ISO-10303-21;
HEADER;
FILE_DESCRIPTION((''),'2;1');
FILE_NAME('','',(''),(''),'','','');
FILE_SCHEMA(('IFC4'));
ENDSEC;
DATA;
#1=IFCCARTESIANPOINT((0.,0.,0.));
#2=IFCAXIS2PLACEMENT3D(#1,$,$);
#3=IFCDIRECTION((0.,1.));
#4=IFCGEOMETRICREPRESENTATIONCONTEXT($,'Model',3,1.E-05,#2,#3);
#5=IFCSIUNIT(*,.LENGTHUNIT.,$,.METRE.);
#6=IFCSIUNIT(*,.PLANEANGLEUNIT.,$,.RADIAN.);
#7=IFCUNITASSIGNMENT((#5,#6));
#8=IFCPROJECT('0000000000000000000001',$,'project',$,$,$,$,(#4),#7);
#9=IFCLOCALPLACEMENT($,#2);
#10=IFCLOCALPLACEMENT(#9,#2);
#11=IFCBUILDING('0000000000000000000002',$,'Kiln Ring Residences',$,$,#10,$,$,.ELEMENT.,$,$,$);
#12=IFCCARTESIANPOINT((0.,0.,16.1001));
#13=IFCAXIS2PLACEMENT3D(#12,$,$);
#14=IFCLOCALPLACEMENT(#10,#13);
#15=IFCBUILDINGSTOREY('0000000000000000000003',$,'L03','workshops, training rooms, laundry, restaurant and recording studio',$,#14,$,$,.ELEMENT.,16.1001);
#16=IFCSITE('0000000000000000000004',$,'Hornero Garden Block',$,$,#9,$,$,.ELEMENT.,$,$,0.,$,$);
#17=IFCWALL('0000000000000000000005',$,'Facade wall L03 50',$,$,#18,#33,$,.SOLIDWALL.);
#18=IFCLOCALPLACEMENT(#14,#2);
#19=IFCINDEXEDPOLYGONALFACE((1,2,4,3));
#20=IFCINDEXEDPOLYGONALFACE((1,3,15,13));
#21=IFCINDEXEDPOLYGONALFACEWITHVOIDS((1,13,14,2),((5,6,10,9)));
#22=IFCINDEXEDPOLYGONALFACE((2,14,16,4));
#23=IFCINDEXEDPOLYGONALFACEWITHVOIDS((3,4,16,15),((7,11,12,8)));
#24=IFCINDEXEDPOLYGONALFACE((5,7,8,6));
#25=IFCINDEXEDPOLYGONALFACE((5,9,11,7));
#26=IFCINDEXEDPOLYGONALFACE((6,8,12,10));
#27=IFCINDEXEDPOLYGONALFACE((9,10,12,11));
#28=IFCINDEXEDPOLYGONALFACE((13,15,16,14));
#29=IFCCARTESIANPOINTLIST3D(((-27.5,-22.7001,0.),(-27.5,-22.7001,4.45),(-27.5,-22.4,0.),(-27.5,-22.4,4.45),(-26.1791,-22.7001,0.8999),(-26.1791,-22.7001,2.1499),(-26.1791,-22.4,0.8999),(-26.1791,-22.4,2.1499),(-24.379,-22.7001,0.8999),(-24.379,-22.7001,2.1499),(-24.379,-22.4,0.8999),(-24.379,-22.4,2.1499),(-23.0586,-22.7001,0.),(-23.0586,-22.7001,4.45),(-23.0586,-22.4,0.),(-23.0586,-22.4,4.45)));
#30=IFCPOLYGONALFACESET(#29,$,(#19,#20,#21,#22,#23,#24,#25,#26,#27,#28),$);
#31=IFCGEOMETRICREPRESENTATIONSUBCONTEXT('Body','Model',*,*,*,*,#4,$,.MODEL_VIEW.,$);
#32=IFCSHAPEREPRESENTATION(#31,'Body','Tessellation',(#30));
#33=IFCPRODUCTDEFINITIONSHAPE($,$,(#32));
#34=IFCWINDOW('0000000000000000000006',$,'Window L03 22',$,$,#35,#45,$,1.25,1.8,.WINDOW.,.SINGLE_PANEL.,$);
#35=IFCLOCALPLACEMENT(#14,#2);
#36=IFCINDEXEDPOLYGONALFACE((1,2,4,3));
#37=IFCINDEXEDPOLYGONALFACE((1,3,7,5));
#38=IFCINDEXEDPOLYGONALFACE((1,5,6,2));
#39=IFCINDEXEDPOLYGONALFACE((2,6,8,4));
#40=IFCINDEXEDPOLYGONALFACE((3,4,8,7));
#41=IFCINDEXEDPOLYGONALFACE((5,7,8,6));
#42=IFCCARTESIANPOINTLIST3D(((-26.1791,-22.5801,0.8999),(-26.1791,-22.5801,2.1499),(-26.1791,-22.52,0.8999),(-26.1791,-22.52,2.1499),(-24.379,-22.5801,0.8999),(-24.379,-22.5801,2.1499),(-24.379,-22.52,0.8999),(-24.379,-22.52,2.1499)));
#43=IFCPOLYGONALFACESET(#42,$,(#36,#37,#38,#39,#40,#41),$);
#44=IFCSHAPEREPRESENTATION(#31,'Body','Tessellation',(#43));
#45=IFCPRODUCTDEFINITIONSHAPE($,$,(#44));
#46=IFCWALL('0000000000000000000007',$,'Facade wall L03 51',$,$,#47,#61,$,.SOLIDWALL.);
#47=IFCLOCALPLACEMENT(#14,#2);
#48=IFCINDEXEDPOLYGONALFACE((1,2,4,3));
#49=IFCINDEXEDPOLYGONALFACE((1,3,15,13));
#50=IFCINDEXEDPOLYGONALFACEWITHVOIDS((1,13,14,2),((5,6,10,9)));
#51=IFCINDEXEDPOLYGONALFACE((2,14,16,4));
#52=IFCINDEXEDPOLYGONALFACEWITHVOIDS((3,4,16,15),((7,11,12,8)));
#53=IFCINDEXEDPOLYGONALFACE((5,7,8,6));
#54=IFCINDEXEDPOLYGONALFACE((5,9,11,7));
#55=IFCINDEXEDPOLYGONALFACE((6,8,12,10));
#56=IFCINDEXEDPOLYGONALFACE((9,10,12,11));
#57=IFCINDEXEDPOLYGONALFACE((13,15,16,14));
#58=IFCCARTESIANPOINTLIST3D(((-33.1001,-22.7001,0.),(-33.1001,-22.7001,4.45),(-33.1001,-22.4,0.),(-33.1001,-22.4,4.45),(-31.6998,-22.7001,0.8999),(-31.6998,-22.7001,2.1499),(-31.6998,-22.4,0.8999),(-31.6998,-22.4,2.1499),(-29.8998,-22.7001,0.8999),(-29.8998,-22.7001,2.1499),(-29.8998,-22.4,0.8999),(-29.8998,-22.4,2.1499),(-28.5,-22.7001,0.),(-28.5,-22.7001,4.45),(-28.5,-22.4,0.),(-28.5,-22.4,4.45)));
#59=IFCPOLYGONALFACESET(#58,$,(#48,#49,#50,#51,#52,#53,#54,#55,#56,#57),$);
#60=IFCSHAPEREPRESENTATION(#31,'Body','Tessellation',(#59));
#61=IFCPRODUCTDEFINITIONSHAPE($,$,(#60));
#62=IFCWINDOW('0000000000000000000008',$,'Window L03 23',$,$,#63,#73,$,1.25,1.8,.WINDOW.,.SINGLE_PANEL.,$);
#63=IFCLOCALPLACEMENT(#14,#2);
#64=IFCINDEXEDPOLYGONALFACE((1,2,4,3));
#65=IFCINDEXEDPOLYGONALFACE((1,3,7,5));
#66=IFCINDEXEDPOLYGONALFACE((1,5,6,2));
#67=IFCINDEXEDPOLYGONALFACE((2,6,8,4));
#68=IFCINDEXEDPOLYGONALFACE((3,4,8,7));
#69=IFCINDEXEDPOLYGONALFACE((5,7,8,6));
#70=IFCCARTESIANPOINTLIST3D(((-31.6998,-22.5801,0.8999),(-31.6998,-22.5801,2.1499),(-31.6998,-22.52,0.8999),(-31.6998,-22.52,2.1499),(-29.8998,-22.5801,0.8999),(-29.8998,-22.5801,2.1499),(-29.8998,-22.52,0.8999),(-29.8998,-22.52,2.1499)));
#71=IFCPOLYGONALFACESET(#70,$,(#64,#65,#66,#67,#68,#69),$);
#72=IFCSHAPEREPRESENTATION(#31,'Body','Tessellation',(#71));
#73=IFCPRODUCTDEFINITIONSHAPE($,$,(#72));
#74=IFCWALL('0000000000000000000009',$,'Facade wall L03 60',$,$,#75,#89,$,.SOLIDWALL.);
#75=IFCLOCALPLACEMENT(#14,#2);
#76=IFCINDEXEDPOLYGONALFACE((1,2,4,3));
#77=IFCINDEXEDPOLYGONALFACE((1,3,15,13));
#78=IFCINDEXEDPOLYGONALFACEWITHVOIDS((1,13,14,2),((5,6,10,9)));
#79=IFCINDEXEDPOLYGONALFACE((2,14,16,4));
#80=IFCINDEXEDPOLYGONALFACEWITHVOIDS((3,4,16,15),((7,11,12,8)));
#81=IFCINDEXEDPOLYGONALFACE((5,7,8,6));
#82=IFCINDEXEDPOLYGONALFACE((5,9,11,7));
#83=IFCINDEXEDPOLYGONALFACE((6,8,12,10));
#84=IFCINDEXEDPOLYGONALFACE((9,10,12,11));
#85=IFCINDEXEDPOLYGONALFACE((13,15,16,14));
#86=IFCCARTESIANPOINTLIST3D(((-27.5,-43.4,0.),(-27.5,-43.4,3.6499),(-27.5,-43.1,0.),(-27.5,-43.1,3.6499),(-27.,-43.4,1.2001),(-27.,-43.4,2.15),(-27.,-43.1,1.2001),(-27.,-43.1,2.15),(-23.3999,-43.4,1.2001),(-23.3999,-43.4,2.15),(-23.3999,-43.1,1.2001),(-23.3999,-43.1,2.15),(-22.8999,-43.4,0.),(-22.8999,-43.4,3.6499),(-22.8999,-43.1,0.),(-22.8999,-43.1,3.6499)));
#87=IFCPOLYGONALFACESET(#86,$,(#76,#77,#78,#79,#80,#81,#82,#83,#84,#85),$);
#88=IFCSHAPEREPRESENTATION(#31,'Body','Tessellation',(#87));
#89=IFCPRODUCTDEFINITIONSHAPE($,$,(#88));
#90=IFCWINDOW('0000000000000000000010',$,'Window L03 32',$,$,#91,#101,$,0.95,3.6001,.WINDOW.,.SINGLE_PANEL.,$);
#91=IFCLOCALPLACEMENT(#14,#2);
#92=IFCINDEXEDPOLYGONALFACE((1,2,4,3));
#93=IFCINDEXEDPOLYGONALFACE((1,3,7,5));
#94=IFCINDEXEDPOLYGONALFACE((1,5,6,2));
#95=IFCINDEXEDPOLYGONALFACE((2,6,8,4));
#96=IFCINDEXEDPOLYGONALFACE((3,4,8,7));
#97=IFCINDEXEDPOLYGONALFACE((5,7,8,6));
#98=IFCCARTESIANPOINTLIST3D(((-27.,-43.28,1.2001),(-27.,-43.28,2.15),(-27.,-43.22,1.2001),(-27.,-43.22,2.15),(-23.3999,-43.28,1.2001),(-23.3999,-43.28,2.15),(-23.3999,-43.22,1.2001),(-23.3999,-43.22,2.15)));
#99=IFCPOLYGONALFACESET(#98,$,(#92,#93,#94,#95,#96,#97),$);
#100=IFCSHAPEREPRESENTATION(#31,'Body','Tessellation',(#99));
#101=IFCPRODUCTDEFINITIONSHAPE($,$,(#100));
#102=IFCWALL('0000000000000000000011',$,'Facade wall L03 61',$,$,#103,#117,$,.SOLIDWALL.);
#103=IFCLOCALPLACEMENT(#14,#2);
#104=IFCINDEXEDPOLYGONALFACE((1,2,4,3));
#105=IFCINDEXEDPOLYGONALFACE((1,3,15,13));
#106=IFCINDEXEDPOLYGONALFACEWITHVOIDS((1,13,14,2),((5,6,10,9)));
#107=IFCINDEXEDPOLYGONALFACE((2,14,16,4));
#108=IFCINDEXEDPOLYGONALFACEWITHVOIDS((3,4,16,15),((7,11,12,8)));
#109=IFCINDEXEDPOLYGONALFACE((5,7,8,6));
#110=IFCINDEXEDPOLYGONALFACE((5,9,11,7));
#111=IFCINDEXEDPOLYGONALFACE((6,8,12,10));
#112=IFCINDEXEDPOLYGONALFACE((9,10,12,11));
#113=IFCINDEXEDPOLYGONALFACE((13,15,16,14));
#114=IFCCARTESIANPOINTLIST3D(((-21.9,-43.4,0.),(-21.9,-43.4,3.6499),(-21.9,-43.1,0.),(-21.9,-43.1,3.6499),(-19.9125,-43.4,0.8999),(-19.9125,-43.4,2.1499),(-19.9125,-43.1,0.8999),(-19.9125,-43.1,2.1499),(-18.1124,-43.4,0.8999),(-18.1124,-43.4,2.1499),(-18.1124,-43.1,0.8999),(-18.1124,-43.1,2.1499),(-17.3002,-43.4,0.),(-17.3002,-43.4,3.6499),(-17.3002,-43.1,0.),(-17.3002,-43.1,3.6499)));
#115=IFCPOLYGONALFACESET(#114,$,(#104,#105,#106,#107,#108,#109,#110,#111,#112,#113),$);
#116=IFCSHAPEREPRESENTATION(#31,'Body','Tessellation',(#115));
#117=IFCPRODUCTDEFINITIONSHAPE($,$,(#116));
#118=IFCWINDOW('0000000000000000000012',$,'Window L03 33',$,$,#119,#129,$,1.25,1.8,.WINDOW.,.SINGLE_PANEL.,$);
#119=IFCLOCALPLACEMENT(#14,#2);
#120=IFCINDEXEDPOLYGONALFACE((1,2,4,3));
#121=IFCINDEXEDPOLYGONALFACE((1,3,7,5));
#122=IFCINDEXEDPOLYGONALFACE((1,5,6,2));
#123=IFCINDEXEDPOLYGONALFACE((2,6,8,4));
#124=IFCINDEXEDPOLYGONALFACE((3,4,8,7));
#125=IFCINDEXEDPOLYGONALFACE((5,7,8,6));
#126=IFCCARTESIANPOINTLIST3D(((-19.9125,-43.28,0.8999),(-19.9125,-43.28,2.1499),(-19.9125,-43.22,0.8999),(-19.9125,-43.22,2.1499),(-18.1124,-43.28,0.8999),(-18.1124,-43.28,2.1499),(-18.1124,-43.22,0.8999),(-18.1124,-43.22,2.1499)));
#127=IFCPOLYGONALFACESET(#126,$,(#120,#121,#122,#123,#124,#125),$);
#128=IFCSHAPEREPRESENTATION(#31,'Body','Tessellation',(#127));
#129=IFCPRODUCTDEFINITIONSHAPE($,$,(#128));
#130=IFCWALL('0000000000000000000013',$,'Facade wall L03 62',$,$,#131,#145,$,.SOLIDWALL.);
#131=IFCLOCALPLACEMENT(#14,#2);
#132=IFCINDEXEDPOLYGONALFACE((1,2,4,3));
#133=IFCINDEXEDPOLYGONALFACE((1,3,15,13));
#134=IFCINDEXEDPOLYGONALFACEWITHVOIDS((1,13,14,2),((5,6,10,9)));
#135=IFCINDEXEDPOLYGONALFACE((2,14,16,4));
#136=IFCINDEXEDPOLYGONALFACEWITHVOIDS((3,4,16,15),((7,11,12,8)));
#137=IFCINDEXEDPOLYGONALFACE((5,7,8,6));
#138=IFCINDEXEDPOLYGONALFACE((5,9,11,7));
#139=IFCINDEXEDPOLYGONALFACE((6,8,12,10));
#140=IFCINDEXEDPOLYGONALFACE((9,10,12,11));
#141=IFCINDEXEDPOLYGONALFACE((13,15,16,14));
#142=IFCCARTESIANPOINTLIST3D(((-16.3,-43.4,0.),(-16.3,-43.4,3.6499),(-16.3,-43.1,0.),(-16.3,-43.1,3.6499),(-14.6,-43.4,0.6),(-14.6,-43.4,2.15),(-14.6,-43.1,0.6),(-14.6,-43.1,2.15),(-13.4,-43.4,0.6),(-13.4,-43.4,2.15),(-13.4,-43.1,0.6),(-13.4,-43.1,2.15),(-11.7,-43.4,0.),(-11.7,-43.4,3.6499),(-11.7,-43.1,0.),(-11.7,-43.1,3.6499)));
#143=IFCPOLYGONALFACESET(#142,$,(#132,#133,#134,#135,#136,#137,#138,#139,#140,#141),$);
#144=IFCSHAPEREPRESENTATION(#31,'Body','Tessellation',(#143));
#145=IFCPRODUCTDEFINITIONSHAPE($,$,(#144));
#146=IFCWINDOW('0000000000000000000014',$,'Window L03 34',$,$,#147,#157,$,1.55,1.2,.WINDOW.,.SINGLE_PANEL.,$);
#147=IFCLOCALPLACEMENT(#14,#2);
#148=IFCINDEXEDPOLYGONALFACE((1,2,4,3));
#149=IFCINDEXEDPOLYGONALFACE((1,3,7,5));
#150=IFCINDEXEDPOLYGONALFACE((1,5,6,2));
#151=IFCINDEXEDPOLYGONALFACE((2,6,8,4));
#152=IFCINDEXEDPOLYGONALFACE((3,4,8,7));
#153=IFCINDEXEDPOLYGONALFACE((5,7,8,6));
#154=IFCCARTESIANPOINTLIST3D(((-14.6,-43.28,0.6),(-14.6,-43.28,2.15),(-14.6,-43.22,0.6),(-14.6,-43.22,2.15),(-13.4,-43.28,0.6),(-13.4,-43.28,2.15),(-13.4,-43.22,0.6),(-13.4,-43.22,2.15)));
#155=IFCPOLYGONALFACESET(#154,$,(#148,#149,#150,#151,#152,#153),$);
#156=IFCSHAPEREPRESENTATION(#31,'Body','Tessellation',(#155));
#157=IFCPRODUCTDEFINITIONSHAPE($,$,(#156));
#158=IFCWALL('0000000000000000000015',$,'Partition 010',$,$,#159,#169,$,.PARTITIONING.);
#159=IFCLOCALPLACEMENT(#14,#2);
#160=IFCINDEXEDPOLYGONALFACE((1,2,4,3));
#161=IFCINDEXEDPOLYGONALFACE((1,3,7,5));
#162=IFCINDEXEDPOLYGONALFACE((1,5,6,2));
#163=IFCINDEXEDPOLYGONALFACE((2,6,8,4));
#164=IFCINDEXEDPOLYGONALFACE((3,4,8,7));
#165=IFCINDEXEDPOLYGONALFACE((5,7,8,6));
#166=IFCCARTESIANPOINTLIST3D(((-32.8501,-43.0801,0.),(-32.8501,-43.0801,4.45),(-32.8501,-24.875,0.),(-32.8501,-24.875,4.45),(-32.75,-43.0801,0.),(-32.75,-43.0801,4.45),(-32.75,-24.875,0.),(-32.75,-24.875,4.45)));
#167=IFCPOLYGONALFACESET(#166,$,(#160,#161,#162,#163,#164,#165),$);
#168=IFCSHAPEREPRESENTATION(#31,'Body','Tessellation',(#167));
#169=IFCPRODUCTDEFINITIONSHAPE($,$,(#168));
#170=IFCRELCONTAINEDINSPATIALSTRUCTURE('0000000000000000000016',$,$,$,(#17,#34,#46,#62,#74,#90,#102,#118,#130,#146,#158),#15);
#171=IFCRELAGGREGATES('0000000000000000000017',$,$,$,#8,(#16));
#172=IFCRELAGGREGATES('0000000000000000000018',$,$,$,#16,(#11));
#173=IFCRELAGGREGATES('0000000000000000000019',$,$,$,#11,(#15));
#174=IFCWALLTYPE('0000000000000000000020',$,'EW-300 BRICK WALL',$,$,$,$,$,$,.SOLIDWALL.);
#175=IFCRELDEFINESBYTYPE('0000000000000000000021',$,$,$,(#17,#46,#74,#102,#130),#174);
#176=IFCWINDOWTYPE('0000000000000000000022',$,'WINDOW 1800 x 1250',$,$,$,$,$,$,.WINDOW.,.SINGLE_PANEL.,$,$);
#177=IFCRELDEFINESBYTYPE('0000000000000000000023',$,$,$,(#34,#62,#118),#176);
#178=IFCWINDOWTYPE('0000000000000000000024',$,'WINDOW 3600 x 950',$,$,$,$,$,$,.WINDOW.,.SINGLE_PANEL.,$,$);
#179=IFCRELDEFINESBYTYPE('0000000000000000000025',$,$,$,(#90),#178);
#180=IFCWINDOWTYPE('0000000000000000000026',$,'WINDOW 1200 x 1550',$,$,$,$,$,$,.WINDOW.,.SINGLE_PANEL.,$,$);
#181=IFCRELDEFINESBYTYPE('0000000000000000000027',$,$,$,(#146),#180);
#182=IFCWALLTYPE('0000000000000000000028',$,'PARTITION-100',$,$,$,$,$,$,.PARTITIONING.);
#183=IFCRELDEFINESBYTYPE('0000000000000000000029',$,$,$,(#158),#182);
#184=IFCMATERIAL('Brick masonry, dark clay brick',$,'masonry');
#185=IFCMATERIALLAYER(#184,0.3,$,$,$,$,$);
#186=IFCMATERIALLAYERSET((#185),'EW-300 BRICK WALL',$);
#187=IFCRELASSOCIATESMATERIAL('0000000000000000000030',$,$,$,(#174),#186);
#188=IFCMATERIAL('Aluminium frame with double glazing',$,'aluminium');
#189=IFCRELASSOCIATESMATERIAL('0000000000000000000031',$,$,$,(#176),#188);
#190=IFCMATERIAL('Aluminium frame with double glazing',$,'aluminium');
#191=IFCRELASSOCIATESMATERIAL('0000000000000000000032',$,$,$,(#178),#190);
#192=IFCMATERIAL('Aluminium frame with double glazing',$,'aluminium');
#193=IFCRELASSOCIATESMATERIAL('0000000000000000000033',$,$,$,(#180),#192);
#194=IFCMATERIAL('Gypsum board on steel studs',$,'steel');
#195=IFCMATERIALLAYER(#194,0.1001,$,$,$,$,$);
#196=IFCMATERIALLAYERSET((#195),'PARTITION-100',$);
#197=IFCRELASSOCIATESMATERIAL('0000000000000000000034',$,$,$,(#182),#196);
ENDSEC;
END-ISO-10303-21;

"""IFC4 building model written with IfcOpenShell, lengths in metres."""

from ifc_helpers import new_model, si_unit, direction, frame, frame_2d, origin, place, context, subcontext, project, spatial, rectangle, extrude, material, layer, layer_set, type_object, element, fill, save


model = new_model("IFC4")

# Units and contexts
model_context = context("Model", 3, precision=1e-05, world=origin(), true_north=direction((0.0, 1.0)))
body_context = subcontext(model_context, "Body", "Model", "MODEL_VIEW")
ifc_project = project(units=[si_unit("LENGTHUNIT", "METRE"), si_unit("PLANEANGLEUNIT", "RADIAN")], contexts=[model_context])

# Site, building, storey
site_placement = place(None, origin())
site = spatial("IfcSite", under=ifc_project, at=site_placement, Name="Hornero Garden Block", CompositionType="ELEMENT", RefElevation=0.0)
building_placement = place(site_placement, origin())
building = spatial("IfcBuilding", under=site, at=building_placement, Name="Kiln Ring Residences", CompositionType="ELEMENT")
storey_placement = place(building_placement, frame((0.0, 0.0, 16.1001)))
storey = spatial("IfcBuildingStorey", under=building, at=storey_placement, Name="L03", Description="workshops, training rooms, laundry, restaurant and recording studio", CompositionType="ELEMENT", Elevation=16.1001)

# Walls, openings, windows
ifc_material_1 = material(Name="Brick masonry, dark clay brick", Category="masonry")
ifc_layer_1 = layer(ifc_material_1, 0.3)
ifc_layer_set_1 = layer_set([ifc_layer_1], Name="EW-300 BRICK WALL")
wall_type_1 = type_object("IfcWallType", Name="EW-300 BRICK WALL", PredefinedType="SOLIDWALL", material=ifc_layer_set_1)
wall_1_placement = place(storey_placement, frame((-23.0586, -22.55, 0.0), z_axis=(0.0, 0.0, 1.0), x_axis=(-1.0, 0.0, 0.0)))
wall_1 = element("IfcWall", 1, at=wall_1_placement, inside=storey, type_object=wall_type_1, Name="Facade wall L03 50", PredefinedType="SOLIDWALL", context=body_context, shape_type="SweptSolid", body=[
    extrude(rectangle(XDim=4.4414, YDim=0.3, at=frame_2d((2.2207, 0.0))), origin(), (0.0, 0.0, 1.0), 4.45),
])
opening_1_placement = place(wall_1_placement, frame((1.3206, 0.0, 0.8999)))
opening_1 = element("IfcOpeningElement", 2, at=opening_1_placement, cuts=wall_1, PredefinedType="OPENING", context=body_context, shape_type="SweptSolid", body=[
    extrude(rectangle(XDim=1.8, YDim=1.25, at=frame_2d((0.8999, 0.625))), frame((0.0, 0.1599, 0.0), z_axis=(0.0, -1.0, 0.0), x_axis=(1.0, 0.0, 0.0)), (0.0, 0.0, 1.0), 0.3201),
])
ifc_material_2 = material(Name="Aluminium frame with double glazing", Category="aluminium")
window_type_1 = type_object("IfcWindowType", Name="WINDOW 1800 x 1250", PartitioningType="SINGLE_PANEL", PredefinedType="WINDOW", material=ifc_material_2)
window_1_placement = place(opening_1_placement, origin())
window_1 = element("IfcWindow", 3, at=window_1_placement, inside=storey, type_object=window_type_1, Name="Window L03 22", OverallHeight=1.25, OverallWidth=1.8, PartitioningType="SINGLE_PANEL", PredefinedType="WINDOW", context=body_context, shape_type="SweptSolid", body=[
    extrude(rectangle(XDim=1.8, YDim=1.25, at=frame_2d((0.8999, 0.625))), frame((0.0, 0.03, 0.0), z_axis=(0.0, -1.0, 0.0), x_axis=(1.0, 0.0, 0.0)), (0.0, 0.0, 1.0), 0.0601),
])
fill(opening_1, window_1)
wall_2_placement = place(storey_placement, frame((-28.5, -22.55, 0.0), z_axis=(0.0, 0.0, 1.0), x_axis=(-1.0, 0.0, 0.0)))
wall_2 = element("IfcWall", 4, at=wall_2_placement, inside=storey, type_object=wall_type_1, Name="Facade wall L03 51", PredefinedType="SOLIDWALL", context=body_context, shape_type="SweptSolid", body=[
    extrude(rectangle(XDim=4.6001, YDim=0.3, at=frame_2d((2.3, 0.0))), origin(), (0.0, 0.0, 1.0), 4.45),
])
opening_2_placement = place(wall_2_placement, frame((1.3999, 0.0, 0.8999)))
opening_2 = element("IfcOpeningElement", 5, at=opening_2_placement, cuts=wall_2, PredefinedType="OPENING", context=body_context, shape_type="SweptSolid", body=[
    extrude(rectangle(XDim=1.8, YDim=1.25, at=frame_2d((0.8999, 0.625))), frame((0.0, 0.1599, 0.0), z_axis=(0.0, -1.0, 0.0), x_axis=(1.0, 0.0, 0.0)), (0.0, 0.0, 1.0), 0.3201),
])
window_2_placement = place(opening_2_placement, origin())
window_2 = element("IfcWindow", 6, at=window_2_placement, inside=storey, type_object=window_type_1, Name="Window L03 23", OverallHeight=1.25, OverallWidth=1.8, PartitioningType="SINGLE_PANEL", PredefinedType="WINDOW", context=body_context, shape_type="SweptSolid", body=[
    extrude(rectangle(XDim=1.8, YDim=1.25, at=frame_2d((0.8999, 0.625))), frame((0.0, 0.03, 0.0), z_axis=(0.0, -1.0, 0.0), x_axis=(1.0, 0.0, 0.0)), (0.0, 0.0, 1.0), 0.0601),
])
fill(opening_2, window_2)
wall_3_placement = place(storey_placement, frame((-27.5, -43.25, 0.0), z_axis=(0.0, 0.0, 1.0), x_axis=(1.0, 0.0, 0.0)))
wall_3 = element("IfcWall", 7, at=wall_3_placement, inside=storey, type_object=wall_type_1, Name="Facade wall L03 60", PredefinedType="SOLIDWALL", context=body_context, shape_type="SweptSolid", body=[
    extrude(rectangle(XDim=4.6001, YDim=0.3, at=frame_2d((2.3, 0.0))), origin(), (0.0, 0.0, 1.0), 3.6499),
])
opening_3_placement = place(wall_3_placement, frame((0.5, 0.0, 1.2)))
opening_3 = element("IfcOpeningElement", 8, at=opening_3_placement, cuts=wall_3, PredefinedType="OPENING", context=body_context, shape_type="SweptSolid", body=[
    extrude(rectangle(XDim=3.6001, YDim=0.95, at=frame_2d((1.8, 0.4751))), frame((0.0, 0.1599, 0.0), z_axis=(0.0, -1.0, 0.0), x_axis=(1.0, 0.0, 0.0)), (0.0, 0.0, 1.0), 0.3201),
])
ifc_material_3 = material(Name="Aluminium frame with double glazing", Category="aluminium")
window_type_2 = type_object("IfcWindowType", Name="WINDOW 3600 x 950", PartitioningType="SINGLE_PANEL", PredefinedType="WINDOW", material=ifc_material_3)
window_3_placement = place(opening_3_placement, origin())
window_3 = element("IfcWindow", 9, at=window_3_placement, inside=storey, type_object=window_type_2, Name="Window L03 32", OverallHeight=0.95, OverallWidth=3.6001, PartitioningType="SINGLE_PANEL", PredefinedType="WINDOW", context=body_context, shape_type="SweptSolid", body=[
    extrude(rectangle(XDim=3.6001, YDim=0.95, at=frame_2d((1.8, 0.4751))), frame((0.0, 0.03, 0.0), z_axis=(0.0, -1.0, 0.0), x_axis=(1.0, 0.0, 0.0)), (0.0, 0.0, 1.0), 0.0601),
])
fill(opening_3, window_3)
wall_4_placement = place(storey_placement, frame((-21.8999, -43.25, 0.0), z_axis=(0.0, 0.0, 1.0), x_axis=(1.0, 0.0, 0.0)))
wall_4 = element("IfcWall", 10, at=wall_4_placement, inside=storey, type_object=wall_type_1, Name="Facade wall L03 61", PredefinedType="SOLIDWALL", context=body_context, shape_type="SweptSolid", body=[
    extrude(rectangle(XDim=4.5999, YDim=0.3, at=frame_2d((2.2998, 0.0))), origin(), (0.0, 0.0, 1.0), 3.6499),
])
opening_4_placement = place(wall_4_placement, frame((1.9875, 0.0, 0.8999)))
opening_4 = element("IfcOpeningElement", 11, at=opening_4_placement, cuts=wall_4, PredefinedType="OPENING", context=body_context, shape_type="SweptSolid", body=[
    extrude(rectangle(XDim=1.8, YDim=1.25, at=frame_2d((0.8999, 0.625))), frame((0.0, 0.1599, 0.0), z_axis=(0.0, -1.0, 0.0), x_axis=(1.0, 0.0, 0.0)), (0.0, 0.0, 1.0), 0.3201),
])
window_4_placement = place(opening_4_placement, origin())
window_4 = element("IfcWindow", 12, at=window_4_placement, inside=storey, type_object=window_type_1, Name="Window L03 33", OverallHeight=1.25, OverallWidth=1.8, PartitioningType="SINGLE_PANEL", PredefinedType="WINDOW", context=body_context, shape_type="SweptSolid", body=[
    extrude(rectangle(XDim=1.8, YDim=1.25, at=frame_2d((0.8999, 0.625))), frame((0.0, 0.03, 0.0), z_axis=(0.0, -1.0, 0.0), x_axis=(1.0, 0.0, 0.0)), (0.0, 0.0, 1.0), 0.0601),
])
fill(opening_4, window_4)
wall_5_placement = place(storey_placement, frame((-16.3, -43.25, 0.0), z_axis=(0.0, 0.0, 1.0), x_axis=(1.0, 0.0, 0.0)))
wall_5 = element("IfcWall", 13, at=wall_5_placement, inside=storey, type_object=wall_type_1, Name="Facade wall L03 62", PredefinedType="SOLIDWALL", context=body_context, shape_type="SweptSolid", body=[
    extrude(rectangle(XDim=4.6001, YDim=0.3, at=frame_2d((2.3, 0.0))), origin(), (0.0, 0.0, 1.0), 3.6499),
])
opening_5_placement = place(wall_5_placement, frame((1.7, 0.0, 0.6001)))
opening_5 = element("IfcOpeningElement", 14, at=opening_5_placement, cuts=wall_5, PredefinedType="OPENING", context=body_context, shape_type="SweptSolid", body=[
    extrude(rectangle(XDim=1.2, YDim=1.55, at=frame_2d((0.6001, 0.7749))), frame((0.0, 0.1599, 0.0), z_axis=(0.0, -1.0, 0.0), x_axis=(1.0, 0.0, 0.0)), (0.0, 0.0, 1.0), 0.3201),
])
ifc_material_4 = material(Name="Aluminium frame with double glazing", Category="aluminium")
window_type_3 = type_object("IfcWindowType", Name="WINDOW 1200 x 1550", PartitioningType="SINGLE_PANEL", PredefinedType="WINDOW", material=ifc_material_4)
window_5_placement = place(opening_5_placement, origin())
window_5 = element("IfcWindow", 15, at=window_5_placement, inside=storey, type_object=window_type_3, Name="Window L03 34", OverallHeight=1.55, OverallWidth=1.2, PartitioningType="SINGLE_PANEL", PredefinedType="WINDOW", context=body_context, shape_type="SweptSolid", body=[
    extrude(rectangle(XDim=1.2, YDim=1.55, at=frame_2d((0.6001, 0.7749))), frame((0.0, 0.03, 0.0), z_axis=(0.0, -1.0, 0.0), x_axis=(1.0, 0.0, 0.0)), (0.0, 0.0, 1.0), 0.0601),
])
fill(opening_5, window_5)

# Wall
ifc_material_5 = material(Name="Gypsum board on steel studs", Category="steel")
ifc_layer_2 = layer(ifc_material_5, 0.1001)
ifc_layer_set_2 = layer_set([ifc_layer_2], Name="PARTITION-100")
wall_type_2 = type_object("IfcWallType", Name="PARTITION-100", PredefinedType="PARTITIONING", material=ifc_layer_set_2)
for number, where, z_axis, x_axis, name in (
    (16, (-32.8, -43.0801, 0.0), (0.0, 0.0, 1.0), (0.0, 1.0, 0.0), "Partition 010"),
):
    element("IfcWall", number, at=place(storey_placement, frame(where, z_axis=z_axis, x_axis=x_axis)), inside=storey, type_object=wall_type_2, Name=name, PredefinedType="PARTITIONING", context=body_context, shape_type="SweptSolid", body=[
        extrude(rectangle(XDim=18.2051, YDim=0.1001, at=frame_2d((9.1025, 0.0))), origin(), (0.0, 0.0, 1.0), 4.45),
    ])

save(model, "model.ifc")
